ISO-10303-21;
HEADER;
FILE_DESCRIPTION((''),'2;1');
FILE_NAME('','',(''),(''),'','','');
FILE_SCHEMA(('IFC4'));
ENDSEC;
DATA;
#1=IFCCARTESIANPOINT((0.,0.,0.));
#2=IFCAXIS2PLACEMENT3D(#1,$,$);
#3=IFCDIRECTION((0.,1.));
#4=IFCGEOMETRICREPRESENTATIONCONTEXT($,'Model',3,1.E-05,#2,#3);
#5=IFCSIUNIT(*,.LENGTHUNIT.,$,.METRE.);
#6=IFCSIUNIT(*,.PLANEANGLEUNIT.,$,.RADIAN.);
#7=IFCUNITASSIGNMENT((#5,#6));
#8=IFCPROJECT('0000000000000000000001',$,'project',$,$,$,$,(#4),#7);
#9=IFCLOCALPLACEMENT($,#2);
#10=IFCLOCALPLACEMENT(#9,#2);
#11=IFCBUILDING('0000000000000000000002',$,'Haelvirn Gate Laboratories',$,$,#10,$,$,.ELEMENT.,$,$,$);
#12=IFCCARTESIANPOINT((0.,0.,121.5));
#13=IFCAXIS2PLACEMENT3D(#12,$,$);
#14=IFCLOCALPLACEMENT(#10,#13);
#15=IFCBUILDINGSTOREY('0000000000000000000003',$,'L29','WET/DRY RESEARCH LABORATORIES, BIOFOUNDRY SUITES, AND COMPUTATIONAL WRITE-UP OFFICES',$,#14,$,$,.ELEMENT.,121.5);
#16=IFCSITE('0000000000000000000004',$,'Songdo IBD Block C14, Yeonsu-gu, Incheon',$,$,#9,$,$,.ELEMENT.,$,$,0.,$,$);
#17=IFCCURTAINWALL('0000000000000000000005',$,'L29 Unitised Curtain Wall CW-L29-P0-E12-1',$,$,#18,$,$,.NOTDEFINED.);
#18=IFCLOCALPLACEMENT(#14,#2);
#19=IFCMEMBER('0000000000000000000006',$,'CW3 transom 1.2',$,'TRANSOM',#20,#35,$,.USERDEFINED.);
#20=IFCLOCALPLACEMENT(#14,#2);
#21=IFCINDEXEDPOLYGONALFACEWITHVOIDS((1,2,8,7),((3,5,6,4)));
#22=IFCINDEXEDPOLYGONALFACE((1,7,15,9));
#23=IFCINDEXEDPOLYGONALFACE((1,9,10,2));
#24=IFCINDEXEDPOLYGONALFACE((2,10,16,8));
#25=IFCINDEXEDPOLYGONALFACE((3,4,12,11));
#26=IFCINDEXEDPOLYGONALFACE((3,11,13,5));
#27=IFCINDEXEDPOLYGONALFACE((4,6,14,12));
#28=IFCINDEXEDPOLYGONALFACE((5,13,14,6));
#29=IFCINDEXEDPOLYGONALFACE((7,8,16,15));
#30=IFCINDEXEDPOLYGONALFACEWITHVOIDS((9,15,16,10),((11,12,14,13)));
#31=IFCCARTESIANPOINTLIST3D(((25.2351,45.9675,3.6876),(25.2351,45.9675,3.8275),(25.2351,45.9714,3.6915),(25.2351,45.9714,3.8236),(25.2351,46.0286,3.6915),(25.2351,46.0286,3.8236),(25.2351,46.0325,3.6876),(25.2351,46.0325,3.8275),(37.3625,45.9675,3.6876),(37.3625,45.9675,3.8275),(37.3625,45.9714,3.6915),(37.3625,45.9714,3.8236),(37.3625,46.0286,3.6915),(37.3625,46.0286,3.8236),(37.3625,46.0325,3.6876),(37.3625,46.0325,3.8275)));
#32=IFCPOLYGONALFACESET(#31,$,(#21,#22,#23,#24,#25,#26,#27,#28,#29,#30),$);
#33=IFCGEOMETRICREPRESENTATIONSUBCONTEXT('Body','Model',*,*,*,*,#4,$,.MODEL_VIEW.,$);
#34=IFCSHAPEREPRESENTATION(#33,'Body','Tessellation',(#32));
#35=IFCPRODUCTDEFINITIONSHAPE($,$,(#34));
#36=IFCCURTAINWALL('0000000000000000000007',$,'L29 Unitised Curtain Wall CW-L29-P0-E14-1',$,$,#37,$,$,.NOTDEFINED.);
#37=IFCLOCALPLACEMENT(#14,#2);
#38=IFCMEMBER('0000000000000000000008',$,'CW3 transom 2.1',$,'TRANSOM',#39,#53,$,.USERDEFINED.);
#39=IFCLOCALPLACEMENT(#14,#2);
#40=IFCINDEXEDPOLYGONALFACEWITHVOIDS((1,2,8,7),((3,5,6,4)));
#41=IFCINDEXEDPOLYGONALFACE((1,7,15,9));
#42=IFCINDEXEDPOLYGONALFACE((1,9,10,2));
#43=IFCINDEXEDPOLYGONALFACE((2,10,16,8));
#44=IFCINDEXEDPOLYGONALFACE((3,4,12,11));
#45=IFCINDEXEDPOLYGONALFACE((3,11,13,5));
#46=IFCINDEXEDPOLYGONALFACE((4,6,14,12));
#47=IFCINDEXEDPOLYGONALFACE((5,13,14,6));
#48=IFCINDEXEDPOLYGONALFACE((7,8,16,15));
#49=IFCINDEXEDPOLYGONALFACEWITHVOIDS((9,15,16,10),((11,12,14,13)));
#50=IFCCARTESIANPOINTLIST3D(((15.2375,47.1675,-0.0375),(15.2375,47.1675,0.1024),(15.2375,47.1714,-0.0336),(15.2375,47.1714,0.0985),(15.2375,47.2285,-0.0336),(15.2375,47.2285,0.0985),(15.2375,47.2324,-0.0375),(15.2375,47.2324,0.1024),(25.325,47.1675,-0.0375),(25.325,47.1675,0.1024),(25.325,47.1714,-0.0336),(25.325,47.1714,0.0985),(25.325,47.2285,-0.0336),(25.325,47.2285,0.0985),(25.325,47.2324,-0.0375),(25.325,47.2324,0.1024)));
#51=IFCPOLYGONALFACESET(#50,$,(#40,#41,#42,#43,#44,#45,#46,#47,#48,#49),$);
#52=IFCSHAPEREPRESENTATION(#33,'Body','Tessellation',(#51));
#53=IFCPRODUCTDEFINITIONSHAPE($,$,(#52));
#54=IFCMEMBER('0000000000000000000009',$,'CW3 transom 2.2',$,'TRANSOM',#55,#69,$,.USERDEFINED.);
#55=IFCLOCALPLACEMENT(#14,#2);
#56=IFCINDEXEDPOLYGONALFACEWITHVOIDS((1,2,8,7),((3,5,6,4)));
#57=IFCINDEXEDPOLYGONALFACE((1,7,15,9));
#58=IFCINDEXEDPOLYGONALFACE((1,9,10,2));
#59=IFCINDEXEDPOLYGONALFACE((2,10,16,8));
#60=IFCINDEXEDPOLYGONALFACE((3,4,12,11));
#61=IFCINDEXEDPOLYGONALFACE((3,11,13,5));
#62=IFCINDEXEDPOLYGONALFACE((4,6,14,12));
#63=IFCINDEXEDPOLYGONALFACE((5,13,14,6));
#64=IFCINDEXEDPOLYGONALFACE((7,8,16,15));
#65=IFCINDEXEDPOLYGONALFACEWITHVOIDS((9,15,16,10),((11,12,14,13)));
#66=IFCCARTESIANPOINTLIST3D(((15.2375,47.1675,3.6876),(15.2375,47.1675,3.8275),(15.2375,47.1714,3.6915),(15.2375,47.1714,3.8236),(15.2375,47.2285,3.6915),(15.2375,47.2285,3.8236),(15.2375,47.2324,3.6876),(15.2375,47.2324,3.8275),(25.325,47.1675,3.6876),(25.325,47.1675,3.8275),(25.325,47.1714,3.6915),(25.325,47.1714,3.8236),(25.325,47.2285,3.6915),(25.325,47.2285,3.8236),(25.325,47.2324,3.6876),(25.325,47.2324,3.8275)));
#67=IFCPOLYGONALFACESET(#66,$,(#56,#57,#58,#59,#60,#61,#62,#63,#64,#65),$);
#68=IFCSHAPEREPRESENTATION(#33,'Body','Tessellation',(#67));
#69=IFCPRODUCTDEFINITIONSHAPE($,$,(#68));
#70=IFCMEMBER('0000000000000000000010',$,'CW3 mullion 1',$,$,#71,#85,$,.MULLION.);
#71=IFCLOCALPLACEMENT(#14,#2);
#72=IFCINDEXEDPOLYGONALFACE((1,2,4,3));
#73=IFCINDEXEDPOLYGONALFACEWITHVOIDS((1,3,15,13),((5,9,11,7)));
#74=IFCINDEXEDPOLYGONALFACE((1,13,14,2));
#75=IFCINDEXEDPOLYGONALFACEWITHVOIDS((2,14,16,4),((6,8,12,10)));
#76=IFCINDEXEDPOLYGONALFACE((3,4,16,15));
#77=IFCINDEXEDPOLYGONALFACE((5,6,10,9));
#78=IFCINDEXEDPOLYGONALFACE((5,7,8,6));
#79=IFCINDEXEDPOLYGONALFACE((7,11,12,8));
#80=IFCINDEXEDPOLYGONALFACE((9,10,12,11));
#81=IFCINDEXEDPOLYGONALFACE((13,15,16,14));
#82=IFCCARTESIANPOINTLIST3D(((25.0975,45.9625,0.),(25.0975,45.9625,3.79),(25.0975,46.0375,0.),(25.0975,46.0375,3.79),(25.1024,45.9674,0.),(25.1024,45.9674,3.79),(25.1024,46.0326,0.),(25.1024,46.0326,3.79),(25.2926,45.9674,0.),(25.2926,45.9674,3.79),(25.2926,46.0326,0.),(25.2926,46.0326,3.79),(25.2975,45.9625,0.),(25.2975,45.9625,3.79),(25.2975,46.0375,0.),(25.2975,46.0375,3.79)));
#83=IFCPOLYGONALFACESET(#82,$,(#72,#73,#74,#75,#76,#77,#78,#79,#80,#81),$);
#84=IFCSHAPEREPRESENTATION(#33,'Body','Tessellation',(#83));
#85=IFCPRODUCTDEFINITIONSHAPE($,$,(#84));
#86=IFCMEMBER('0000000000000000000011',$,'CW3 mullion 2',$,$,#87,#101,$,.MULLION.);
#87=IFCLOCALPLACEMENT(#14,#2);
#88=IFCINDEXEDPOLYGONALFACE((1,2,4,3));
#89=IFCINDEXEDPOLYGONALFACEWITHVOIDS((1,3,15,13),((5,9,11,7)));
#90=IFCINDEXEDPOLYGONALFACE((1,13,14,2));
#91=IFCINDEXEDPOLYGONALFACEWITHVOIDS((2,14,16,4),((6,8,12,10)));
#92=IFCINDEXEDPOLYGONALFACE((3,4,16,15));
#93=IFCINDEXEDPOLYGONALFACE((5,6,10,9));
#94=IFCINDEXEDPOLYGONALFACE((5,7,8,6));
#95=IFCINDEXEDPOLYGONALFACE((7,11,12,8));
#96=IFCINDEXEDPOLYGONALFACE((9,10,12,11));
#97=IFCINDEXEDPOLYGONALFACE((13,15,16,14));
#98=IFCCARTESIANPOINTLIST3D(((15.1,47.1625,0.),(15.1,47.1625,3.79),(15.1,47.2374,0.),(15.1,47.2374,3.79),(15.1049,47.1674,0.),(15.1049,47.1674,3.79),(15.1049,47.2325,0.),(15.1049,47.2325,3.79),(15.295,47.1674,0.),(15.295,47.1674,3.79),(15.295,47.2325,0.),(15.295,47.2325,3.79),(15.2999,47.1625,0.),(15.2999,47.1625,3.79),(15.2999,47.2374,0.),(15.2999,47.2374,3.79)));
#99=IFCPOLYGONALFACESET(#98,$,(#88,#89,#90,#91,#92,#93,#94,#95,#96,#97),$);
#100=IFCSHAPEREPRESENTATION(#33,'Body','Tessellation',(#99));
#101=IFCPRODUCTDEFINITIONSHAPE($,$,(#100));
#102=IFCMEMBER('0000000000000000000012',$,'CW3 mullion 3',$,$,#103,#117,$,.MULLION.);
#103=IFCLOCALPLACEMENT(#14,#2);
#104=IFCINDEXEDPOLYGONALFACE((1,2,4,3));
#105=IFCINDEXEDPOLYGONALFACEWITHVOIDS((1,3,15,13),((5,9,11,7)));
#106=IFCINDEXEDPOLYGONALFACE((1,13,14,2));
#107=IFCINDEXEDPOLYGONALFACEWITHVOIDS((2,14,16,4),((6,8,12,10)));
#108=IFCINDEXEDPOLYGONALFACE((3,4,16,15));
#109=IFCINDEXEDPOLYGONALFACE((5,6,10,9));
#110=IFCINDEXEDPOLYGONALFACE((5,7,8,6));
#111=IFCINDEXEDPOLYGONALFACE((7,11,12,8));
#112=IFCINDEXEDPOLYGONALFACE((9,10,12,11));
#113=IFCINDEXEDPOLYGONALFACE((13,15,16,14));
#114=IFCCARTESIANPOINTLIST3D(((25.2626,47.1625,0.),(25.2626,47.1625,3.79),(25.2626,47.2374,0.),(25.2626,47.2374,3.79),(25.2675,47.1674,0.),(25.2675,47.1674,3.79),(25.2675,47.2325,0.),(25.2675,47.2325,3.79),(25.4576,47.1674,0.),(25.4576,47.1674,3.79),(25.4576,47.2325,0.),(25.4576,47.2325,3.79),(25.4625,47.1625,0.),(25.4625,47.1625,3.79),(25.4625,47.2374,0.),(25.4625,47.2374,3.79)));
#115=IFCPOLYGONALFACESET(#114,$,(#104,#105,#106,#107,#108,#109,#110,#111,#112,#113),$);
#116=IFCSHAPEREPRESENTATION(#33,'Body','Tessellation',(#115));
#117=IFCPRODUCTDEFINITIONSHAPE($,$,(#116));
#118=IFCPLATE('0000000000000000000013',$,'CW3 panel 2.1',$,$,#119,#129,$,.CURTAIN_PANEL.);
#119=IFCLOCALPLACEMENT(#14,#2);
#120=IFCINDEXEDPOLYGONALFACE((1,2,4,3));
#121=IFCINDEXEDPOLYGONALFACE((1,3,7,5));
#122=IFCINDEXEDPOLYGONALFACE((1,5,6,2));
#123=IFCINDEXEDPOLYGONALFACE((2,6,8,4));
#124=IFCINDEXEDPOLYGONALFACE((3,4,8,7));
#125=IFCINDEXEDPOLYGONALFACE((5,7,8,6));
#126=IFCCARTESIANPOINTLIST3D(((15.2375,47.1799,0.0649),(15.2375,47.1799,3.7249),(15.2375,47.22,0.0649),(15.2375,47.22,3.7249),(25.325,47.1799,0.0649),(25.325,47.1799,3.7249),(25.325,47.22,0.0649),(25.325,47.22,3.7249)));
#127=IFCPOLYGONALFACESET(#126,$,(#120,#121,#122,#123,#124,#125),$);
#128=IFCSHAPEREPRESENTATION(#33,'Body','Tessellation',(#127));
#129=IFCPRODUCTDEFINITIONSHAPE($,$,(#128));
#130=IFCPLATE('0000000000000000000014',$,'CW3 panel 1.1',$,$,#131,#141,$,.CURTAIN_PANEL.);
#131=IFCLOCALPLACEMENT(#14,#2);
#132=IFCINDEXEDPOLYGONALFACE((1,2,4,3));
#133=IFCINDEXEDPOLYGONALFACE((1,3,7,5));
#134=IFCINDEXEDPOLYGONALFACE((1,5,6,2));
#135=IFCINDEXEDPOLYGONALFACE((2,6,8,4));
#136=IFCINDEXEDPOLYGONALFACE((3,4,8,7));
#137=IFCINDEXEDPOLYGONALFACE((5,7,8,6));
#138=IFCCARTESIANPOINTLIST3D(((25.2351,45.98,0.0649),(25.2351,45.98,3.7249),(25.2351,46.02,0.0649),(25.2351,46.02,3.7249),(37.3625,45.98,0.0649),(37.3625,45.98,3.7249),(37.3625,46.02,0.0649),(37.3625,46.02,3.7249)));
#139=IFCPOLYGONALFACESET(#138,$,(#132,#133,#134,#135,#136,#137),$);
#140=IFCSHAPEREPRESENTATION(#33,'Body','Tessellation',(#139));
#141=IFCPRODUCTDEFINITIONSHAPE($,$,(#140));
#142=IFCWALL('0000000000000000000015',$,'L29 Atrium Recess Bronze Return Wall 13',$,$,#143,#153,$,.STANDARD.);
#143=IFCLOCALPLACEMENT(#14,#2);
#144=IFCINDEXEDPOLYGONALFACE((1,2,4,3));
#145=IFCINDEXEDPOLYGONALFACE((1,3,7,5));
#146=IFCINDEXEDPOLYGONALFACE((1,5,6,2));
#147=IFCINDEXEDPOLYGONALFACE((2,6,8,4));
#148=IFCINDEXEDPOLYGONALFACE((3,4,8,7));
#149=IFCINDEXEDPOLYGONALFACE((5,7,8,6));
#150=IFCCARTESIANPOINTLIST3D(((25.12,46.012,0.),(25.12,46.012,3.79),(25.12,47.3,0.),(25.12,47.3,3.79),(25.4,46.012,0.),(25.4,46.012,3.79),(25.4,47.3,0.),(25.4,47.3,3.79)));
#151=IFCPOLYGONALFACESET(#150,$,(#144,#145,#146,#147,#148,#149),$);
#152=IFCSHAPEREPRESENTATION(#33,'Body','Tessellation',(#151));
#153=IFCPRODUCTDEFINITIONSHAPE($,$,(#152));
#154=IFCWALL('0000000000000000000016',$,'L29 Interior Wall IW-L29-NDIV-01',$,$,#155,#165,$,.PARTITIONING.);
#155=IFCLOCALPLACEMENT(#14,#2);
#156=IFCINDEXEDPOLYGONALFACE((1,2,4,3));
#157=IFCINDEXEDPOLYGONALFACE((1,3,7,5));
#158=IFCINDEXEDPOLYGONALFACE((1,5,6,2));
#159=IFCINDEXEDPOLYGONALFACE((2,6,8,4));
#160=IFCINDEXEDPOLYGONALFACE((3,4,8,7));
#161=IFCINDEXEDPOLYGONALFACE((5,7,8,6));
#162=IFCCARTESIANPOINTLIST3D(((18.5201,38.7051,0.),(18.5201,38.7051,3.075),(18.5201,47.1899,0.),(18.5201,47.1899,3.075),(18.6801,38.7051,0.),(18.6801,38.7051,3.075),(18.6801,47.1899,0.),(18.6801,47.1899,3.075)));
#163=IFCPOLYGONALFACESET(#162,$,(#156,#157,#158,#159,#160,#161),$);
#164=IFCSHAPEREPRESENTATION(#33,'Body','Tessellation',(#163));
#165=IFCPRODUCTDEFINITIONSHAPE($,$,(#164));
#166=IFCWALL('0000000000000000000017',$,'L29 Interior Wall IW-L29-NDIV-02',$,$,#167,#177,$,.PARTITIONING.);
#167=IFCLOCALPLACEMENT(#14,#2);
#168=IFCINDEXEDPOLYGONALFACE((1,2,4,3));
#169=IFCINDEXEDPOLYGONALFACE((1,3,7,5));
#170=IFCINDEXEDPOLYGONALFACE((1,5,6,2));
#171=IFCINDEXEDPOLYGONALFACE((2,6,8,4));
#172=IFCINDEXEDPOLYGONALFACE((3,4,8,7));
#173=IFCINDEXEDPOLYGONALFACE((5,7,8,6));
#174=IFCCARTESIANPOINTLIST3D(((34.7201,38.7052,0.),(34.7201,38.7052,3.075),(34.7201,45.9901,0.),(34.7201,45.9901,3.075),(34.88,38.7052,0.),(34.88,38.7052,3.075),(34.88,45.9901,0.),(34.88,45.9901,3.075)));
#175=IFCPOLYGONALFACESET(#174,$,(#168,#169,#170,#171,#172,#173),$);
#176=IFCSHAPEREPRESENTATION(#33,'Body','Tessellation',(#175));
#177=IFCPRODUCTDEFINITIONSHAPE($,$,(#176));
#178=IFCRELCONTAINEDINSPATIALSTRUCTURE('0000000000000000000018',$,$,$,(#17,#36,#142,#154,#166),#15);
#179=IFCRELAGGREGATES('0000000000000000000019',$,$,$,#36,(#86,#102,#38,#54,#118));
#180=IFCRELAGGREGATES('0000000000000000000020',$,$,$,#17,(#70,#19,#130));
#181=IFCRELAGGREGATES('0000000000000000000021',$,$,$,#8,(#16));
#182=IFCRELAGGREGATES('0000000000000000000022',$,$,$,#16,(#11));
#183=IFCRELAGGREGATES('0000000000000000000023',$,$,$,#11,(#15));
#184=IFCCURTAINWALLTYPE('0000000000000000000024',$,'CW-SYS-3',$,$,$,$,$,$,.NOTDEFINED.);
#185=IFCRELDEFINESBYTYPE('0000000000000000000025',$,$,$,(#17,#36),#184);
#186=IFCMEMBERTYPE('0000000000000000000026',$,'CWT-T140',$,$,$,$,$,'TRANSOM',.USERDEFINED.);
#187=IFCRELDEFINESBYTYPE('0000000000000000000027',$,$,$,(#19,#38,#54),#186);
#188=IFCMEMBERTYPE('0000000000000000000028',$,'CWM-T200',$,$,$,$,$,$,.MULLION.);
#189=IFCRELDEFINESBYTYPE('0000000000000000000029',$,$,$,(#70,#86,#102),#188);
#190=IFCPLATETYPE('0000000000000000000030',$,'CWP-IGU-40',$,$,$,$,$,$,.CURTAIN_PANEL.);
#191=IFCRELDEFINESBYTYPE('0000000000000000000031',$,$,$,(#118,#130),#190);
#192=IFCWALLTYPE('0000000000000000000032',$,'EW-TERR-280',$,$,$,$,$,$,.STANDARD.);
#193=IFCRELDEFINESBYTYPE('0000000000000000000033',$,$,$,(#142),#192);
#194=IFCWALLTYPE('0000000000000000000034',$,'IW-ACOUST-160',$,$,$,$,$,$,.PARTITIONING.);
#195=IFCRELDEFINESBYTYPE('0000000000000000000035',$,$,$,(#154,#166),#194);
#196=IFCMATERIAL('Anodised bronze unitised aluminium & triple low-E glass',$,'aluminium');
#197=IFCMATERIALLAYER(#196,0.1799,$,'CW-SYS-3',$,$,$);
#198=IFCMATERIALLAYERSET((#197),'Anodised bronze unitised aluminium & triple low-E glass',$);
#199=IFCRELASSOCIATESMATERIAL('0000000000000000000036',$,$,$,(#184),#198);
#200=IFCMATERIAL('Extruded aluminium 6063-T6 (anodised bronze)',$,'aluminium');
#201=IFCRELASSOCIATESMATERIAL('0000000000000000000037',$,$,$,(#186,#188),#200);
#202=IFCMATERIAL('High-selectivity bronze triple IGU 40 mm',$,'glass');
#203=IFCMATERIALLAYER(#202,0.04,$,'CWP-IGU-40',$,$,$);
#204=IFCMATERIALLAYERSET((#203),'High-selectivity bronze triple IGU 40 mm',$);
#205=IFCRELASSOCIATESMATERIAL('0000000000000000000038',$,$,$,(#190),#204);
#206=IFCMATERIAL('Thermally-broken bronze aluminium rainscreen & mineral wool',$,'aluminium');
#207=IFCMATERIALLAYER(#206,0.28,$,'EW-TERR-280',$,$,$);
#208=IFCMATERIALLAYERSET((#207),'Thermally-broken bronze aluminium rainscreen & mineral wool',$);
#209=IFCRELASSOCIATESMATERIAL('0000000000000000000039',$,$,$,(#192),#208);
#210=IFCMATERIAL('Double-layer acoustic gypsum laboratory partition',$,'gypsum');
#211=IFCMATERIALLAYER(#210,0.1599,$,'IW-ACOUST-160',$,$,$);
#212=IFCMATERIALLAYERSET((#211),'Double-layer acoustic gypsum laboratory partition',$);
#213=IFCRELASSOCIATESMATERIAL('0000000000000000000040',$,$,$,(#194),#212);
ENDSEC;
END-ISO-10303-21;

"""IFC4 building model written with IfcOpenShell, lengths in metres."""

from ifc_helpers import new_model, si_unit, direction, frame, frame_2d, origin, origin_2d, place, context, subcontext, project, spatial, rectangle, hollow_rectangle, extrude, source, transform, mapped, material, layer, layer_set, material_profile, profile_set, type_object, type_shapes, element, aggregate, save


model = new_model("IFC4")

# Units and contexts
model_context = context("Model", 3, precision=1e-05, world=origin(), true_north=direction((0.0, 1.0)))
body_context = subcontext(model_context, "Body", "Model", "MODEL_VIEW")
ifc_project = project(units=[si_unit("LENGTHUNIT", "METRE"), si_unit("PLANEANGLEUNIT", "RADIAN")], contexts=[model_context])

# Site, building, storey
site_placement = place(None, origin())
site = spatial("IfcSite", under=ifc_project, at=site_placement, Name="Songdo IBD Block C14, Yeonsu-gu, Incheon", CompositionType="ELEMENT", RefElevation=0.0)
building_placement = place(site_placement, origin())
building = spatial("IfcBuilding", under=site, at=building_placement, Name="Haelvirn Gate Laboratories", CompositionType="ELEMENT")
storey_placement = place(building_placement, frame((0.0, 0.0, 121.5)))
storey = spatial("IfcBuildingStorey", under=building, at=storey_placement, Name="L29", Description="WET/DRY RESEARCH LABORATORIES, BIOFOUNDRY SUITES, AND COMPUTATIONAL WRITE-UP OFFICES", CompositionType="ELEMENT", Elevation=121.5)

# Curtain walls, members
ifc_material_1 = material(Name="Anodised bronze unitised aluminium & triple low-E glass", Category="aluminium")
ifc_layer_1 = layer(ifc_material_1, 0.1799, Name="CW-SYS-3")
ifc_layer_set_1 = layer_set([ifc_layer_1], Name="Anodised bronze unitised aluminium & triple low-E glass")
curtain_wall_type = type_object("IfcCurtainWallType", Name="CW-SYS-3", PredefinedType="NOTDEFINED", material=ifc_layer_set_1)
curtain_wall_1_placement = place(storey_placement, origin())
curtain_wall_1 = element("IfcCurtainWall", 1, at=curtain_wall_1_placement, inside=storey, type_object=curtain_wall_type, Name="L29 Unitised Curtain Wall CW-L29-P0-E12-1", PredefinedType="NOTDEFINED")
ifc_material_2 = material(Name="Extruded aluminium 6063-T6 (anodised bronze)", Category="aluminium")
ifc_material_profile_1 = material_profile(ifc_material_2, hollow_rectangle(XDim=0.0649, YDim=0.1399, WallThickness=0.0039, at=origin_2d()), Name="CWT-140x65x4")
ifc_profile_set_1 = profile_set([ifc_material_profile_1], Name="Extruded aluminium 6063-T6 (anodised bronze)")
member_type_1 = type_object("IfcMemberType", Name="CWT-T140", ElementType="TRANSOM", PredefinedType="USERDEFINED", material=ifc_profile_set_1)
shared_shape_1 = source(origin(), body_context, "Body", "SweptSolid", [
    extrude(hollow_rectangle(XDim=0.0649, YDim=0.1399, WallThickness=0.0039, at=origin_2d()), origin(), (0.0, 0.0, 1.0), 12.1274),
])
member_1_placement = place(storey_placement, frame((25.2351, 46.0, 3.7576), z_axis=(1.0, 0.0, 0.0), x_axis=(0.0, 1.0, 0.0)))
member_1 = element("IfcMember", 2, at=member_1_placement, type_object=member_type_1, Name="CW3 transom 1.2", ObjectType="TRANSOM", PredefinedType="USERDEFINED", context=body_context, shape_type="MappedRepresentation", body=[
    mapped(shared_shape_1, transform((0.0, 0.0, 0.0), scale=1.0)),
])
curtain_wall_2_placement = place(storey_placement, origin())
curtain_wall_2 = element("IfcCurtainWall", 3, at=curtain_wall_2_placement, inside=storey, type_object=curtain_wall_type, Name="L29 Unitised Curtain Wall CW-L29-P0-E14-1", PredefinedType="NOTDEFINED")
shared_shape_2 = source(origin(), body_context, "Body", "SweptSolid", [
    extrude(hollow_rectangle(XDim=0.0649, YDim=0.1399, WallThickness=0.0039, at=origin_2d()), origin(), (0.0, 0.0, 1.0), 10.0874),
])
type_shapes(member_type_1, [shared_shape_1, shared_shape_2])
member_2_placement = place(storey_placement, frame((15.2375, 47.2, 0.0325), z_axis=(1.0, 0.0, 0.0), x_axis=(0.0, 1.0, 0.0)))
member_2 = element("IfcMember", 4, at=member_2_placement, type_object=member_type_1, Name="CW3 transom 2.1", ObjectType="TRANSOM", PredefinedType="USERDEFINED", context=body_context, shape_type="MappedRepresentation", body=[
    mapped(shared_shape_2, transform((0.0, 0.0, 0.0), scale=1.0)),
])
member_3_placement = place(storey_placement, frame((15.2375, 47.2, 3.7576), z_axis=(1.0, 0.0, 0.0), x_axis=(0.0, 1.0, 0.0)))
member_3 = element("IfcMember", 5, at=member_3_placement, type_object=member_type_1, Name="CW3 transom 2.2", ObjectType="TRANSOM", PredefinedType="USERDEFINED", context=body_context, shape_type="MappedRepresentation", body=[
    mapped(shared_shape_2, transform((0.0, 0.0, 0.0), scale=1.0)),
])

# Members
ifc_material_profile_2 = material_profile(ifc_material_2, hollow_rectangle(XDim=0.075, YDim=0.2, WallThickness=0.0049, at=origin_2d()), Name="CWM-200x75x5")
ifc_profile_set_2 = profile_set([ifc_material_profile_2], Name="Extruded aluminium 6063-T6 (anodised bronze)")
member_type_2 = type_object("IfcMemberType", Name="CWM-T200", PredefinedType="MULLION", material=ifc_profile_set_2)
shared_shape_3 = source(origin(), body_context, "Body", "SweptSolid", [
    extrude(hollow_rectangle(XDim=0.075, YDim=0.2, WallThickness=0.0049, at=origin_2d()), origin(), (0.0, 0.0, 1.0), 3.79),
])
type_shapes(member_type_2, [shared_shape_3])
member_4_placement = place(storey_placement, frame((25.1975, 46.0, 0.0), z_axis=(0.0, 0.0, 1.0), x_axis=(0.0, 1.0, 0.0)))
member_4 = element("IfcMember", 6, at=member_4_placement, type_object=member_type_2, Name="CW3 mullion 1", PredefinedType="MULLION", context=body_context, shape_type="MappedRepresentation", body=[
    mapped(shared_shape_3, transform((0.0, 0.0, 0.0), scale=1.0)),
])
member_5_placement = place(storey_placement, frame((15.2, 47.2, 0.0), z_axis=(0.0, 0.0, 1.0), x_axis=(0.0, 1.0, 0.0)))
member_5 = element("IfcMember", 7, at=member_5_placement, type_object=member_type_2, Name="CW3 mullion 2", PredefinedType="MULLION", context=body_context, shape_type="MappedRepresentation", body=[
    mapped(shared_shape_3, transform((0.0, 0.0, 0.0), scale=1.0)),
])
member_6_placement = place(storey_placement, frame((25.3625, 47.2, 0.0), z_axis=(0.0, 0.0, 1.0), x_axis=(0.0, 1.0, 0.0)))
member_6 = element("IfcMember", 8, at=member_6_placement, type_object=member_type_2, Name="CW3 mullion 3", PredefinedType="MULLION", context=body_context, shape_type="MappedRepresentation", body=[
    mapped(shared_shape_3, transform((0.0, 0.0, 0.0), scale=1.0)),
])

# Plates
ifc_material_3 = material(Name="High-selectivity bronze triple IGU 40 mm", Category="glass")
ifc_layer_2 = layer(ifc_material_3, 0.04, Name="CWP-IGU-40")
ifc_layer_set_2 = layer_set([ifc_layer_2], Name="High-selectivity bronze triple IGU 40 mm")
plate_type = type_object("IfcPlateType", Name="CWP-IGU-40", PredefinedType="CURTAIN_PANEL", material=ifc_layer_set_2)
shared_shape_4 = source(origin(), body_context, "Body", "SweptSolid", [
    extrude(rectangle(XDim=10.0874, YDim=0.04, at=origin_2d()), origin(), (0.0, 0.0, 1.0), 3.6599),
])
plate_1_placement = place(storey_placement, frame((20.2812, 47.2, 0.0649), z_axis=(0.0, 0.0, 1.0), x_axis=(1.0, 0.0, 0.0)))
plate_1 = element("IfcPlate", 9, at=plate_1_placement, type_object=plate_type, Name="CW3 panel 2.1", PredefinedType="CURTAIN_PANEL", context=body_context, shape_type="MappedRepresentation", body=[
    mapped(shared_shape_4, transform((0.0, 0.0, 0.0), scale=1.0)),
])
aggregate(curtain_wall_2, [member_5, member_6, member_2, member_3, plate_1])
shared_shape_5 = source(origin(), body_context, "Body", "SweptSolid", [
    extrude(rectangle(XDim=12.1274, YDim=0.04, at=origin_2d()), origin(), (0.0, 0.0, 1.0), 3.6599),
])
type_shapes(plate_type, [shared_shape_4, shared_shape_5])
plate_2_placement = place(storey_placement, frame((31.2988, 46.0, 0.0649), z_axis=(0.0, 0.0, 1.0), x_axis=(1.0, 0.0, 0.0)))
plate_2 = element("IfcPlate", 10, at=plate_2_placement, type_object=plate_type, Name="CW3 panel 1.1", PredefinedType="CURTAIN_PANEL", context=body_context, shape_type="MappedRepresentation", body=[
    mapped(shared_shape_5, transform((0.0, 0.0, 0.0), scale=1.0)),
])
aggregate(curtain_wall_1, [member_4, member_1, plate_2])

# Walls
ifc_material_4 = material(Name="Thermally-broken bronze aluminium rainscreen & mineral wool", Category="aluminium")
ifc_layer_3 = layer(ifc_material_4, 0.28, Name="EW-TERR-280")
ifc_layer_set_3 = layer_set([ifc_layer_3], Name="Thermally-broken bronze aluminium rainscreen & mineral wool")
wall_type_1 = type_object("IfcWallType", Name="EW-TERR-280", PredefinedType="STANDARD", material=ifc_layer_set_3)
wall_1_placement = place(storey_placement, frame((25.26, 46.012, 0.0), z_axis=(0.0, 0.0, 1.0), x_axis=(0.0, 1.0, 0.0)))
element("IfcWall", 11, at=wall_1_placement, inside=storey, type_object=wall_type_1, Name="L29 Atrium Recess Bronze Return Wall 13", PredefinedType="STANDARD", context=body_context, shape_type="SweptSolid", body=[
    extrude(rectangle(XDim=1.2881, YDim=0.28, at=frame_2d((0.644, 0.0))), origin(), (0.0, 0.0, 1.0), 3.79),
])
ifc_material_5 = material(Name="Double-layer acoustic gypsum laboratory partition", Category="gypsum")
ifc_layer_4 = layer(ifc_material_5, 0.1599, Name="IW-ACOUST-160")
ifc_layer_set_4 = layer_set([ifc_layer_4], Name="Double-layer acoustic gypsum laboratory partition")
wall_type_2 = type_object("IfcWallType", Name="IW-ACOUST-160", PredefinedType="PARTITIONING", material=ifc_layer_set_4)
wall_2_placement = place(storey_placement, frame((18.6001, 38.7051, 0.0), z_axis=(0.0, 0.0, 1.0), x_axis=(0.0, 1.0, 0.0)))
element("IfcWall", 12, at=wall_2_placement, inside=storey, type_object=wall_type_2, Name="L29 Interior Wall IW-L29-NDIV-01", PredefinedType="PARTITIONING", context=body_context, shape_type="SweptSolid", body=[
    extrude(rectangle(XDim=8.4849, YDim=0.1599, at=frame_2d((4.2424, 0.0))), origin(), (0.0, 0.0, 1.0), 3.075),
])
wall_3_placement = place(storey_placement, frame((34.8, 38.7051, 0.0), z_axis=(0.0, 0.0, 1.0), x_axis=(0.0, 1.0, 0.0)))
element("IfcWall", 13, at=wall_3_placement, inside=storey, type_object=wall_type_2, Name="L29 Interior Wall IW-L29-NDIV-02", PredefinedType="PARTITIONING", context=body_context, shape_type="SweptSolid", body=[
    extrude(rectangle(XDim=7.2849, YDim=0.1599, at=frame_2d((3.6426, 0.0))), origin(), (0.0, 0.0, 1.0), 3.075),
])

save(model, "model.ifc")
